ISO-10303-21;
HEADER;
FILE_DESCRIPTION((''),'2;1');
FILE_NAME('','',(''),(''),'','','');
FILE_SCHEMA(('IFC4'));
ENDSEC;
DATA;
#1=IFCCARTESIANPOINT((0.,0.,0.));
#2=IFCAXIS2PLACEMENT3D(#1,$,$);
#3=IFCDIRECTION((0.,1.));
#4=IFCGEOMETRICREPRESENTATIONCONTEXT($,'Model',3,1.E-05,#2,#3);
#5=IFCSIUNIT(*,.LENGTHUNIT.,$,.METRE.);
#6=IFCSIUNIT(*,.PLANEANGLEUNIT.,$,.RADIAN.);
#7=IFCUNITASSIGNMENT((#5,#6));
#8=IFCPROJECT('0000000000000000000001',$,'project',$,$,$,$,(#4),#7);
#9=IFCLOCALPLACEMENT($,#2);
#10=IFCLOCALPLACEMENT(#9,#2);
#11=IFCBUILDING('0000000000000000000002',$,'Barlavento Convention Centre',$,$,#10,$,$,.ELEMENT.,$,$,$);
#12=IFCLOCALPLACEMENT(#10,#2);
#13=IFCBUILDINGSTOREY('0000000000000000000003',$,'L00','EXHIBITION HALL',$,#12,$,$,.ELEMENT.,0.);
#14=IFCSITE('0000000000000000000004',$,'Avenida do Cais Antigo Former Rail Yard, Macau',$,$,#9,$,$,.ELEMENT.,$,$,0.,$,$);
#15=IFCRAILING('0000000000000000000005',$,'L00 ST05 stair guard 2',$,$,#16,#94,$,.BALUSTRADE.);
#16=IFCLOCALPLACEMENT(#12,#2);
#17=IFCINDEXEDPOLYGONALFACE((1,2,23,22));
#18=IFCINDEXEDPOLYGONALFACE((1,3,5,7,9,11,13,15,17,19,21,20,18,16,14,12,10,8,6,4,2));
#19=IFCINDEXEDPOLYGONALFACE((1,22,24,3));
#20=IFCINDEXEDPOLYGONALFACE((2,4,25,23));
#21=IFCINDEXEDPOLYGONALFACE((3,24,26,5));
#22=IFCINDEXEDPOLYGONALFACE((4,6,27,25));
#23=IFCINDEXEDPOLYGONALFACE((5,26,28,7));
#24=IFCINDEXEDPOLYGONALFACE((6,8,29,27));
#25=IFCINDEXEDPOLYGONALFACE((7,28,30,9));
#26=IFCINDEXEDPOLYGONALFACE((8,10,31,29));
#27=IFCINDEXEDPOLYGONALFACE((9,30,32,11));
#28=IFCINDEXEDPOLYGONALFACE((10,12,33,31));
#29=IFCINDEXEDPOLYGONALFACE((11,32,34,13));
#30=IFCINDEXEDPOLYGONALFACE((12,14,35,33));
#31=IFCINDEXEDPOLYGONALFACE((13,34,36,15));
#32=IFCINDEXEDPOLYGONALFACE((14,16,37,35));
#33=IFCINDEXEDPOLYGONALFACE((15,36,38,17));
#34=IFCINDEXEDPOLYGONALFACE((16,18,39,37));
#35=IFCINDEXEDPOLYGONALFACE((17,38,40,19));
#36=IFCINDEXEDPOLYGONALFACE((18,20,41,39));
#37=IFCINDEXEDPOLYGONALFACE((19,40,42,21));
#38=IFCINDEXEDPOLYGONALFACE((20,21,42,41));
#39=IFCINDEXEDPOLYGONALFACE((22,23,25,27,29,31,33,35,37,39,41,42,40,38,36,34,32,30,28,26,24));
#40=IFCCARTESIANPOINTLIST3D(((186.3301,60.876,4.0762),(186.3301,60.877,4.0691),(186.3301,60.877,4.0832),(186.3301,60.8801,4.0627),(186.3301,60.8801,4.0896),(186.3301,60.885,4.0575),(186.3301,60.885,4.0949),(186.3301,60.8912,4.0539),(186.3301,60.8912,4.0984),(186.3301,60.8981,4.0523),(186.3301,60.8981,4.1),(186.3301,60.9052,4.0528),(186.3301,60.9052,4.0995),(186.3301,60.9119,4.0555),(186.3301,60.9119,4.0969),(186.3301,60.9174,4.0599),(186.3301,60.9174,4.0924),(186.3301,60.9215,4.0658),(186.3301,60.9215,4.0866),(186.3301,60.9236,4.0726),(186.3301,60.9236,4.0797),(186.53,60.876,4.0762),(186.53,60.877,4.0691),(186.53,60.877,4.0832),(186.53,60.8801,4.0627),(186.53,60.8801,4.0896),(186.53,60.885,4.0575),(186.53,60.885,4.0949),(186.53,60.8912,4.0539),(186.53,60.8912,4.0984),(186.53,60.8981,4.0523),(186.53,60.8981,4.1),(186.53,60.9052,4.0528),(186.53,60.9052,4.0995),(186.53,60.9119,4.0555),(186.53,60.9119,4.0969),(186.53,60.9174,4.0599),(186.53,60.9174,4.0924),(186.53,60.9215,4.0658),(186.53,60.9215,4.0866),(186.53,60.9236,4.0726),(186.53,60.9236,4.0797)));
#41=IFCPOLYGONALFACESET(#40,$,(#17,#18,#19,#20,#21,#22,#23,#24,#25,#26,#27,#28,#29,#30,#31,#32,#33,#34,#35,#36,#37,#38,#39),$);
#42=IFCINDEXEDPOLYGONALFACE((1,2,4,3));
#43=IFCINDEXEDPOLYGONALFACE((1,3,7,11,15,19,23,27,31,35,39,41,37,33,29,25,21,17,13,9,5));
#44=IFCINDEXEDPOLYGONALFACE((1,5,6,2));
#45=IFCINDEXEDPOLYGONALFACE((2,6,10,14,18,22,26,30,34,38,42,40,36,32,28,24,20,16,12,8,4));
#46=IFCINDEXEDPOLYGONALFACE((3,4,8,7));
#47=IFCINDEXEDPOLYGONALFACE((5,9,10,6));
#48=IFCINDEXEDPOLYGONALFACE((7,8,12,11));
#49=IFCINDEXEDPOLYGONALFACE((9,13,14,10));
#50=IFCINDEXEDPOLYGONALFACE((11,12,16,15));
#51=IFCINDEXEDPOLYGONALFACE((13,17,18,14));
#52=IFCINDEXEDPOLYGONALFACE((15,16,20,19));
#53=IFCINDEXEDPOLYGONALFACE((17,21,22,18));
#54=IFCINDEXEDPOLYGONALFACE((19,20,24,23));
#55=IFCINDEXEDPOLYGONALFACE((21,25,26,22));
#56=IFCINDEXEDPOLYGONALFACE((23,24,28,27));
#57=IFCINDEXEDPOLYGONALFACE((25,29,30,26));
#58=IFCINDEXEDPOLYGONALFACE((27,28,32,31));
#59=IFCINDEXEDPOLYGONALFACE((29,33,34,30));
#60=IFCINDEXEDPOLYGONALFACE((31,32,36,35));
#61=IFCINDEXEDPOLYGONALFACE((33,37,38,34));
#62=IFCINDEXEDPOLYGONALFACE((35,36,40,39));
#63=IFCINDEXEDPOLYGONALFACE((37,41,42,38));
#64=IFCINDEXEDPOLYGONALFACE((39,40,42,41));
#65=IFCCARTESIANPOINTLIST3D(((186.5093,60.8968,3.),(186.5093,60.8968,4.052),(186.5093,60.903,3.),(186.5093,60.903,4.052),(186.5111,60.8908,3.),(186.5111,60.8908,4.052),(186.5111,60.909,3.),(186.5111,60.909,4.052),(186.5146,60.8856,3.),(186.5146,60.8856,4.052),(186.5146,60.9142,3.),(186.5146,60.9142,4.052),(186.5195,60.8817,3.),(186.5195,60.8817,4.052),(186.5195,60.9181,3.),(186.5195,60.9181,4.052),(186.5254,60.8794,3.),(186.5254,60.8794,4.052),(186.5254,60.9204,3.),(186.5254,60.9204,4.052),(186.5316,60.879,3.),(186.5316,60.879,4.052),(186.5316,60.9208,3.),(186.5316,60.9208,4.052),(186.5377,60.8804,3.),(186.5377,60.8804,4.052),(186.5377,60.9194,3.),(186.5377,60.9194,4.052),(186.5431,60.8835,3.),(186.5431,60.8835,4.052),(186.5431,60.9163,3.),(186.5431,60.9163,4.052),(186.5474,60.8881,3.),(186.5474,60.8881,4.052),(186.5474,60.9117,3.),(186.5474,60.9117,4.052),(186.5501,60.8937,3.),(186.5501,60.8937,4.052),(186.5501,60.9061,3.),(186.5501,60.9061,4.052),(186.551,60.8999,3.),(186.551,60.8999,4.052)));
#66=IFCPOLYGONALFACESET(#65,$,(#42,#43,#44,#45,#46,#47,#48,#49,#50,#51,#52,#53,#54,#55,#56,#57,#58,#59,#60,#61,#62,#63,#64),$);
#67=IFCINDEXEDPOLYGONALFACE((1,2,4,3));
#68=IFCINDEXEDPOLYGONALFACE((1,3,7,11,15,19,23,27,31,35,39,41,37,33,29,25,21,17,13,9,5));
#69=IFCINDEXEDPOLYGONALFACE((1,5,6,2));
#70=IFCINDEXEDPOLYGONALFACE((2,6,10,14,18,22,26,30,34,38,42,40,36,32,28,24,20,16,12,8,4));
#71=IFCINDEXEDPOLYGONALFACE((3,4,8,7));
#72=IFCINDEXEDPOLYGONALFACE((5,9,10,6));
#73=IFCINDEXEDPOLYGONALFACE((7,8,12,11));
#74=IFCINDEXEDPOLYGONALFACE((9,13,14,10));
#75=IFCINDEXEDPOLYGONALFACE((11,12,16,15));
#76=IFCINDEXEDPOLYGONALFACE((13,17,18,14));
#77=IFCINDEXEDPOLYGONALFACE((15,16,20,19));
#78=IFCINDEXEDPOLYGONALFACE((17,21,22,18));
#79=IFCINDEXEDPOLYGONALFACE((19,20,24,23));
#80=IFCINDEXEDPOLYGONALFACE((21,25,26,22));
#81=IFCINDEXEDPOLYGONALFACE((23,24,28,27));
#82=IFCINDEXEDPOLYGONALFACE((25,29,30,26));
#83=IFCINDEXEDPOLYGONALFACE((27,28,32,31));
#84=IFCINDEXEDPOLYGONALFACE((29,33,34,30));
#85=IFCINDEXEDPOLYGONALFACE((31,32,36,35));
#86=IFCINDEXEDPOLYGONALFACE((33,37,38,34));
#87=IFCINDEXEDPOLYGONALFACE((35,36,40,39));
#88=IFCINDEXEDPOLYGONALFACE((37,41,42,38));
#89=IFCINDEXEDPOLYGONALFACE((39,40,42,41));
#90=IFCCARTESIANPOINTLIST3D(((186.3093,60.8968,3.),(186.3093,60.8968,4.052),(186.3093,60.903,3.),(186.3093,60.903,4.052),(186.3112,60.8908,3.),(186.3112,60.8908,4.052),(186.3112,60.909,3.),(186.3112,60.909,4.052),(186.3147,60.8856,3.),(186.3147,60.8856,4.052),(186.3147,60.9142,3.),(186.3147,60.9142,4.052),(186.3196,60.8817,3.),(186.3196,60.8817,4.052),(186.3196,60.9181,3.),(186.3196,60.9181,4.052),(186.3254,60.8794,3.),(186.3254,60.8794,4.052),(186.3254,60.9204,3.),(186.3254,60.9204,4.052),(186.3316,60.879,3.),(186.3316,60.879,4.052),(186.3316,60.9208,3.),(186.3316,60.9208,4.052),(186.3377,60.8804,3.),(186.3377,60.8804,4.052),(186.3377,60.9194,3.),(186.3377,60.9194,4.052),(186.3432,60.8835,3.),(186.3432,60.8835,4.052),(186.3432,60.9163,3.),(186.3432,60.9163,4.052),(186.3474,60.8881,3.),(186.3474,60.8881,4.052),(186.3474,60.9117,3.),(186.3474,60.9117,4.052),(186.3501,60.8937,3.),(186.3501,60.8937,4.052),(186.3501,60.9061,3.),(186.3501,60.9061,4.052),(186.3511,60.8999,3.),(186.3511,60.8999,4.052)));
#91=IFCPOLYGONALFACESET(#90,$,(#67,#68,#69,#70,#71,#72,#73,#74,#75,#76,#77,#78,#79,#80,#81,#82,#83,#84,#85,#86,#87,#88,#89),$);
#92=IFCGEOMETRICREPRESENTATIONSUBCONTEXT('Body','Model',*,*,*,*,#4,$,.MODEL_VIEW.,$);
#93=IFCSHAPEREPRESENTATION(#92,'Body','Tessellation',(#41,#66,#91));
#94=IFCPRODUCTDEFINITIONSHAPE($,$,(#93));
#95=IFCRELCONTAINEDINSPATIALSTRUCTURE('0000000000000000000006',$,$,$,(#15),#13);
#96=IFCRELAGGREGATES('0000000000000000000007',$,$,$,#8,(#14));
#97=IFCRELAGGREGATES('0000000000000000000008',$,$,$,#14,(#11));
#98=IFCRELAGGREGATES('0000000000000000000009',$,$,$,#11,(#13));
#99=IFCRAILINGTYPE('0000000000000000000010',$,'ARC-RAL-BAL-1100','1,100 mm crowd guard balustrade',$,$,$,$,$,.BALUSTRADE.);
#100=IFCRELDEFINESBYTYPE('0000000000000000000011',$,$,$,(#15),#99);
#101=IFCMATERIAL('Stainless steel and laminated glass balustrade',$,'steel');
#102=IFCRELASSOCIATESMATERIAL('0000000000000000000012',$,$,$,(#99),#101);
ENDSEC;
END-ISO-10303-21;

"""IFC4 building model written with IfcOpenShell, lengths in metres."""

from ifc_helpers import new_model, si_unit, direction, frame, origin, origin_2d, place, context, subcontext, project, spatial, circle, extrude, material, type_object, element, save


model = new_model("IFC4")

# Units and contexts
model_context = context("Model", 3, precision=1e-05, world=origin(), true_north=direction((0.0, 1.0)))
body_context = subcontext(model_context, "Body", "Model", "MODEL_VIEW")
ifc_project = project(units=[si_unit("LENGTHUNIT", "METRE"), si_unit("PLANEANGLEUNIT", "RADIAN")], contexts=[model_context])

# Site, building, storey
site_placement = place(None, origin())
site = spatial("IfcSite", under=ifc_project, at=site_placement, Name="Avenida do Cais Antigo Former Rail Yard, Macau", CompositionType="ELEMENT", RefElevation=0.0)
building_placement = place(site_placement, origin())
building = spatial("IfcBuilding", under=site, at=building_placement, Name="Barlavento Convention Centre", CompositionType="ELEMENT")
storey_placement = place(building_placement, origin())
storey = spatial("IfcBuildingStorey", under=building, at=storey_placement, Name="L00", Description="EXHIBITION HALL", CompositionType="ELEMENT", Elevation=0.0)

# Railing
ifc_material_1 = material(Name="Stainless steel and laminated glass balustrade", Category="steel")
railing_type_1 = type_object("IfcRailingType", Name="ARC-RAL-BAL-1100", Description="1,100 mm crowd guard balustrade", PredefinedType="BALUSTRADE", material=ifc_material_1)
railing_1_placement = place(storey_placement, frame((186.53, 60.8999, 3.0)))
element("IfcRailing", 1, at=railing_1_placement, inside=storey, type_object=railing_type_1, Name="L00 ST05 stair guard 2", PredefinedType="BALUSTRADE", context=body_context, shape_type="SweptSolid", body=[
    extrude(circle(Radius=0.0239, at=origin_2d()), frame((0.0, 0.0, 1.0762), z_axis=(-1.0, 0.0, 0.0), x_axis=(0.0, -1.0, 0.0)), (0.0, 0.0, 1.0), 0.2),
    extrude(circle(Radius=0.021, at=origin_2d()), origin(), (0.0, 0.0, 1.0), 1.052),
    extrude(circle(Radius=0.021, at=origin_2d()), frame((-0.2, 0.0, 0.0)), (0.0, 0.0, 1.0), 1.052),
])

save(model, "model.ifc")
